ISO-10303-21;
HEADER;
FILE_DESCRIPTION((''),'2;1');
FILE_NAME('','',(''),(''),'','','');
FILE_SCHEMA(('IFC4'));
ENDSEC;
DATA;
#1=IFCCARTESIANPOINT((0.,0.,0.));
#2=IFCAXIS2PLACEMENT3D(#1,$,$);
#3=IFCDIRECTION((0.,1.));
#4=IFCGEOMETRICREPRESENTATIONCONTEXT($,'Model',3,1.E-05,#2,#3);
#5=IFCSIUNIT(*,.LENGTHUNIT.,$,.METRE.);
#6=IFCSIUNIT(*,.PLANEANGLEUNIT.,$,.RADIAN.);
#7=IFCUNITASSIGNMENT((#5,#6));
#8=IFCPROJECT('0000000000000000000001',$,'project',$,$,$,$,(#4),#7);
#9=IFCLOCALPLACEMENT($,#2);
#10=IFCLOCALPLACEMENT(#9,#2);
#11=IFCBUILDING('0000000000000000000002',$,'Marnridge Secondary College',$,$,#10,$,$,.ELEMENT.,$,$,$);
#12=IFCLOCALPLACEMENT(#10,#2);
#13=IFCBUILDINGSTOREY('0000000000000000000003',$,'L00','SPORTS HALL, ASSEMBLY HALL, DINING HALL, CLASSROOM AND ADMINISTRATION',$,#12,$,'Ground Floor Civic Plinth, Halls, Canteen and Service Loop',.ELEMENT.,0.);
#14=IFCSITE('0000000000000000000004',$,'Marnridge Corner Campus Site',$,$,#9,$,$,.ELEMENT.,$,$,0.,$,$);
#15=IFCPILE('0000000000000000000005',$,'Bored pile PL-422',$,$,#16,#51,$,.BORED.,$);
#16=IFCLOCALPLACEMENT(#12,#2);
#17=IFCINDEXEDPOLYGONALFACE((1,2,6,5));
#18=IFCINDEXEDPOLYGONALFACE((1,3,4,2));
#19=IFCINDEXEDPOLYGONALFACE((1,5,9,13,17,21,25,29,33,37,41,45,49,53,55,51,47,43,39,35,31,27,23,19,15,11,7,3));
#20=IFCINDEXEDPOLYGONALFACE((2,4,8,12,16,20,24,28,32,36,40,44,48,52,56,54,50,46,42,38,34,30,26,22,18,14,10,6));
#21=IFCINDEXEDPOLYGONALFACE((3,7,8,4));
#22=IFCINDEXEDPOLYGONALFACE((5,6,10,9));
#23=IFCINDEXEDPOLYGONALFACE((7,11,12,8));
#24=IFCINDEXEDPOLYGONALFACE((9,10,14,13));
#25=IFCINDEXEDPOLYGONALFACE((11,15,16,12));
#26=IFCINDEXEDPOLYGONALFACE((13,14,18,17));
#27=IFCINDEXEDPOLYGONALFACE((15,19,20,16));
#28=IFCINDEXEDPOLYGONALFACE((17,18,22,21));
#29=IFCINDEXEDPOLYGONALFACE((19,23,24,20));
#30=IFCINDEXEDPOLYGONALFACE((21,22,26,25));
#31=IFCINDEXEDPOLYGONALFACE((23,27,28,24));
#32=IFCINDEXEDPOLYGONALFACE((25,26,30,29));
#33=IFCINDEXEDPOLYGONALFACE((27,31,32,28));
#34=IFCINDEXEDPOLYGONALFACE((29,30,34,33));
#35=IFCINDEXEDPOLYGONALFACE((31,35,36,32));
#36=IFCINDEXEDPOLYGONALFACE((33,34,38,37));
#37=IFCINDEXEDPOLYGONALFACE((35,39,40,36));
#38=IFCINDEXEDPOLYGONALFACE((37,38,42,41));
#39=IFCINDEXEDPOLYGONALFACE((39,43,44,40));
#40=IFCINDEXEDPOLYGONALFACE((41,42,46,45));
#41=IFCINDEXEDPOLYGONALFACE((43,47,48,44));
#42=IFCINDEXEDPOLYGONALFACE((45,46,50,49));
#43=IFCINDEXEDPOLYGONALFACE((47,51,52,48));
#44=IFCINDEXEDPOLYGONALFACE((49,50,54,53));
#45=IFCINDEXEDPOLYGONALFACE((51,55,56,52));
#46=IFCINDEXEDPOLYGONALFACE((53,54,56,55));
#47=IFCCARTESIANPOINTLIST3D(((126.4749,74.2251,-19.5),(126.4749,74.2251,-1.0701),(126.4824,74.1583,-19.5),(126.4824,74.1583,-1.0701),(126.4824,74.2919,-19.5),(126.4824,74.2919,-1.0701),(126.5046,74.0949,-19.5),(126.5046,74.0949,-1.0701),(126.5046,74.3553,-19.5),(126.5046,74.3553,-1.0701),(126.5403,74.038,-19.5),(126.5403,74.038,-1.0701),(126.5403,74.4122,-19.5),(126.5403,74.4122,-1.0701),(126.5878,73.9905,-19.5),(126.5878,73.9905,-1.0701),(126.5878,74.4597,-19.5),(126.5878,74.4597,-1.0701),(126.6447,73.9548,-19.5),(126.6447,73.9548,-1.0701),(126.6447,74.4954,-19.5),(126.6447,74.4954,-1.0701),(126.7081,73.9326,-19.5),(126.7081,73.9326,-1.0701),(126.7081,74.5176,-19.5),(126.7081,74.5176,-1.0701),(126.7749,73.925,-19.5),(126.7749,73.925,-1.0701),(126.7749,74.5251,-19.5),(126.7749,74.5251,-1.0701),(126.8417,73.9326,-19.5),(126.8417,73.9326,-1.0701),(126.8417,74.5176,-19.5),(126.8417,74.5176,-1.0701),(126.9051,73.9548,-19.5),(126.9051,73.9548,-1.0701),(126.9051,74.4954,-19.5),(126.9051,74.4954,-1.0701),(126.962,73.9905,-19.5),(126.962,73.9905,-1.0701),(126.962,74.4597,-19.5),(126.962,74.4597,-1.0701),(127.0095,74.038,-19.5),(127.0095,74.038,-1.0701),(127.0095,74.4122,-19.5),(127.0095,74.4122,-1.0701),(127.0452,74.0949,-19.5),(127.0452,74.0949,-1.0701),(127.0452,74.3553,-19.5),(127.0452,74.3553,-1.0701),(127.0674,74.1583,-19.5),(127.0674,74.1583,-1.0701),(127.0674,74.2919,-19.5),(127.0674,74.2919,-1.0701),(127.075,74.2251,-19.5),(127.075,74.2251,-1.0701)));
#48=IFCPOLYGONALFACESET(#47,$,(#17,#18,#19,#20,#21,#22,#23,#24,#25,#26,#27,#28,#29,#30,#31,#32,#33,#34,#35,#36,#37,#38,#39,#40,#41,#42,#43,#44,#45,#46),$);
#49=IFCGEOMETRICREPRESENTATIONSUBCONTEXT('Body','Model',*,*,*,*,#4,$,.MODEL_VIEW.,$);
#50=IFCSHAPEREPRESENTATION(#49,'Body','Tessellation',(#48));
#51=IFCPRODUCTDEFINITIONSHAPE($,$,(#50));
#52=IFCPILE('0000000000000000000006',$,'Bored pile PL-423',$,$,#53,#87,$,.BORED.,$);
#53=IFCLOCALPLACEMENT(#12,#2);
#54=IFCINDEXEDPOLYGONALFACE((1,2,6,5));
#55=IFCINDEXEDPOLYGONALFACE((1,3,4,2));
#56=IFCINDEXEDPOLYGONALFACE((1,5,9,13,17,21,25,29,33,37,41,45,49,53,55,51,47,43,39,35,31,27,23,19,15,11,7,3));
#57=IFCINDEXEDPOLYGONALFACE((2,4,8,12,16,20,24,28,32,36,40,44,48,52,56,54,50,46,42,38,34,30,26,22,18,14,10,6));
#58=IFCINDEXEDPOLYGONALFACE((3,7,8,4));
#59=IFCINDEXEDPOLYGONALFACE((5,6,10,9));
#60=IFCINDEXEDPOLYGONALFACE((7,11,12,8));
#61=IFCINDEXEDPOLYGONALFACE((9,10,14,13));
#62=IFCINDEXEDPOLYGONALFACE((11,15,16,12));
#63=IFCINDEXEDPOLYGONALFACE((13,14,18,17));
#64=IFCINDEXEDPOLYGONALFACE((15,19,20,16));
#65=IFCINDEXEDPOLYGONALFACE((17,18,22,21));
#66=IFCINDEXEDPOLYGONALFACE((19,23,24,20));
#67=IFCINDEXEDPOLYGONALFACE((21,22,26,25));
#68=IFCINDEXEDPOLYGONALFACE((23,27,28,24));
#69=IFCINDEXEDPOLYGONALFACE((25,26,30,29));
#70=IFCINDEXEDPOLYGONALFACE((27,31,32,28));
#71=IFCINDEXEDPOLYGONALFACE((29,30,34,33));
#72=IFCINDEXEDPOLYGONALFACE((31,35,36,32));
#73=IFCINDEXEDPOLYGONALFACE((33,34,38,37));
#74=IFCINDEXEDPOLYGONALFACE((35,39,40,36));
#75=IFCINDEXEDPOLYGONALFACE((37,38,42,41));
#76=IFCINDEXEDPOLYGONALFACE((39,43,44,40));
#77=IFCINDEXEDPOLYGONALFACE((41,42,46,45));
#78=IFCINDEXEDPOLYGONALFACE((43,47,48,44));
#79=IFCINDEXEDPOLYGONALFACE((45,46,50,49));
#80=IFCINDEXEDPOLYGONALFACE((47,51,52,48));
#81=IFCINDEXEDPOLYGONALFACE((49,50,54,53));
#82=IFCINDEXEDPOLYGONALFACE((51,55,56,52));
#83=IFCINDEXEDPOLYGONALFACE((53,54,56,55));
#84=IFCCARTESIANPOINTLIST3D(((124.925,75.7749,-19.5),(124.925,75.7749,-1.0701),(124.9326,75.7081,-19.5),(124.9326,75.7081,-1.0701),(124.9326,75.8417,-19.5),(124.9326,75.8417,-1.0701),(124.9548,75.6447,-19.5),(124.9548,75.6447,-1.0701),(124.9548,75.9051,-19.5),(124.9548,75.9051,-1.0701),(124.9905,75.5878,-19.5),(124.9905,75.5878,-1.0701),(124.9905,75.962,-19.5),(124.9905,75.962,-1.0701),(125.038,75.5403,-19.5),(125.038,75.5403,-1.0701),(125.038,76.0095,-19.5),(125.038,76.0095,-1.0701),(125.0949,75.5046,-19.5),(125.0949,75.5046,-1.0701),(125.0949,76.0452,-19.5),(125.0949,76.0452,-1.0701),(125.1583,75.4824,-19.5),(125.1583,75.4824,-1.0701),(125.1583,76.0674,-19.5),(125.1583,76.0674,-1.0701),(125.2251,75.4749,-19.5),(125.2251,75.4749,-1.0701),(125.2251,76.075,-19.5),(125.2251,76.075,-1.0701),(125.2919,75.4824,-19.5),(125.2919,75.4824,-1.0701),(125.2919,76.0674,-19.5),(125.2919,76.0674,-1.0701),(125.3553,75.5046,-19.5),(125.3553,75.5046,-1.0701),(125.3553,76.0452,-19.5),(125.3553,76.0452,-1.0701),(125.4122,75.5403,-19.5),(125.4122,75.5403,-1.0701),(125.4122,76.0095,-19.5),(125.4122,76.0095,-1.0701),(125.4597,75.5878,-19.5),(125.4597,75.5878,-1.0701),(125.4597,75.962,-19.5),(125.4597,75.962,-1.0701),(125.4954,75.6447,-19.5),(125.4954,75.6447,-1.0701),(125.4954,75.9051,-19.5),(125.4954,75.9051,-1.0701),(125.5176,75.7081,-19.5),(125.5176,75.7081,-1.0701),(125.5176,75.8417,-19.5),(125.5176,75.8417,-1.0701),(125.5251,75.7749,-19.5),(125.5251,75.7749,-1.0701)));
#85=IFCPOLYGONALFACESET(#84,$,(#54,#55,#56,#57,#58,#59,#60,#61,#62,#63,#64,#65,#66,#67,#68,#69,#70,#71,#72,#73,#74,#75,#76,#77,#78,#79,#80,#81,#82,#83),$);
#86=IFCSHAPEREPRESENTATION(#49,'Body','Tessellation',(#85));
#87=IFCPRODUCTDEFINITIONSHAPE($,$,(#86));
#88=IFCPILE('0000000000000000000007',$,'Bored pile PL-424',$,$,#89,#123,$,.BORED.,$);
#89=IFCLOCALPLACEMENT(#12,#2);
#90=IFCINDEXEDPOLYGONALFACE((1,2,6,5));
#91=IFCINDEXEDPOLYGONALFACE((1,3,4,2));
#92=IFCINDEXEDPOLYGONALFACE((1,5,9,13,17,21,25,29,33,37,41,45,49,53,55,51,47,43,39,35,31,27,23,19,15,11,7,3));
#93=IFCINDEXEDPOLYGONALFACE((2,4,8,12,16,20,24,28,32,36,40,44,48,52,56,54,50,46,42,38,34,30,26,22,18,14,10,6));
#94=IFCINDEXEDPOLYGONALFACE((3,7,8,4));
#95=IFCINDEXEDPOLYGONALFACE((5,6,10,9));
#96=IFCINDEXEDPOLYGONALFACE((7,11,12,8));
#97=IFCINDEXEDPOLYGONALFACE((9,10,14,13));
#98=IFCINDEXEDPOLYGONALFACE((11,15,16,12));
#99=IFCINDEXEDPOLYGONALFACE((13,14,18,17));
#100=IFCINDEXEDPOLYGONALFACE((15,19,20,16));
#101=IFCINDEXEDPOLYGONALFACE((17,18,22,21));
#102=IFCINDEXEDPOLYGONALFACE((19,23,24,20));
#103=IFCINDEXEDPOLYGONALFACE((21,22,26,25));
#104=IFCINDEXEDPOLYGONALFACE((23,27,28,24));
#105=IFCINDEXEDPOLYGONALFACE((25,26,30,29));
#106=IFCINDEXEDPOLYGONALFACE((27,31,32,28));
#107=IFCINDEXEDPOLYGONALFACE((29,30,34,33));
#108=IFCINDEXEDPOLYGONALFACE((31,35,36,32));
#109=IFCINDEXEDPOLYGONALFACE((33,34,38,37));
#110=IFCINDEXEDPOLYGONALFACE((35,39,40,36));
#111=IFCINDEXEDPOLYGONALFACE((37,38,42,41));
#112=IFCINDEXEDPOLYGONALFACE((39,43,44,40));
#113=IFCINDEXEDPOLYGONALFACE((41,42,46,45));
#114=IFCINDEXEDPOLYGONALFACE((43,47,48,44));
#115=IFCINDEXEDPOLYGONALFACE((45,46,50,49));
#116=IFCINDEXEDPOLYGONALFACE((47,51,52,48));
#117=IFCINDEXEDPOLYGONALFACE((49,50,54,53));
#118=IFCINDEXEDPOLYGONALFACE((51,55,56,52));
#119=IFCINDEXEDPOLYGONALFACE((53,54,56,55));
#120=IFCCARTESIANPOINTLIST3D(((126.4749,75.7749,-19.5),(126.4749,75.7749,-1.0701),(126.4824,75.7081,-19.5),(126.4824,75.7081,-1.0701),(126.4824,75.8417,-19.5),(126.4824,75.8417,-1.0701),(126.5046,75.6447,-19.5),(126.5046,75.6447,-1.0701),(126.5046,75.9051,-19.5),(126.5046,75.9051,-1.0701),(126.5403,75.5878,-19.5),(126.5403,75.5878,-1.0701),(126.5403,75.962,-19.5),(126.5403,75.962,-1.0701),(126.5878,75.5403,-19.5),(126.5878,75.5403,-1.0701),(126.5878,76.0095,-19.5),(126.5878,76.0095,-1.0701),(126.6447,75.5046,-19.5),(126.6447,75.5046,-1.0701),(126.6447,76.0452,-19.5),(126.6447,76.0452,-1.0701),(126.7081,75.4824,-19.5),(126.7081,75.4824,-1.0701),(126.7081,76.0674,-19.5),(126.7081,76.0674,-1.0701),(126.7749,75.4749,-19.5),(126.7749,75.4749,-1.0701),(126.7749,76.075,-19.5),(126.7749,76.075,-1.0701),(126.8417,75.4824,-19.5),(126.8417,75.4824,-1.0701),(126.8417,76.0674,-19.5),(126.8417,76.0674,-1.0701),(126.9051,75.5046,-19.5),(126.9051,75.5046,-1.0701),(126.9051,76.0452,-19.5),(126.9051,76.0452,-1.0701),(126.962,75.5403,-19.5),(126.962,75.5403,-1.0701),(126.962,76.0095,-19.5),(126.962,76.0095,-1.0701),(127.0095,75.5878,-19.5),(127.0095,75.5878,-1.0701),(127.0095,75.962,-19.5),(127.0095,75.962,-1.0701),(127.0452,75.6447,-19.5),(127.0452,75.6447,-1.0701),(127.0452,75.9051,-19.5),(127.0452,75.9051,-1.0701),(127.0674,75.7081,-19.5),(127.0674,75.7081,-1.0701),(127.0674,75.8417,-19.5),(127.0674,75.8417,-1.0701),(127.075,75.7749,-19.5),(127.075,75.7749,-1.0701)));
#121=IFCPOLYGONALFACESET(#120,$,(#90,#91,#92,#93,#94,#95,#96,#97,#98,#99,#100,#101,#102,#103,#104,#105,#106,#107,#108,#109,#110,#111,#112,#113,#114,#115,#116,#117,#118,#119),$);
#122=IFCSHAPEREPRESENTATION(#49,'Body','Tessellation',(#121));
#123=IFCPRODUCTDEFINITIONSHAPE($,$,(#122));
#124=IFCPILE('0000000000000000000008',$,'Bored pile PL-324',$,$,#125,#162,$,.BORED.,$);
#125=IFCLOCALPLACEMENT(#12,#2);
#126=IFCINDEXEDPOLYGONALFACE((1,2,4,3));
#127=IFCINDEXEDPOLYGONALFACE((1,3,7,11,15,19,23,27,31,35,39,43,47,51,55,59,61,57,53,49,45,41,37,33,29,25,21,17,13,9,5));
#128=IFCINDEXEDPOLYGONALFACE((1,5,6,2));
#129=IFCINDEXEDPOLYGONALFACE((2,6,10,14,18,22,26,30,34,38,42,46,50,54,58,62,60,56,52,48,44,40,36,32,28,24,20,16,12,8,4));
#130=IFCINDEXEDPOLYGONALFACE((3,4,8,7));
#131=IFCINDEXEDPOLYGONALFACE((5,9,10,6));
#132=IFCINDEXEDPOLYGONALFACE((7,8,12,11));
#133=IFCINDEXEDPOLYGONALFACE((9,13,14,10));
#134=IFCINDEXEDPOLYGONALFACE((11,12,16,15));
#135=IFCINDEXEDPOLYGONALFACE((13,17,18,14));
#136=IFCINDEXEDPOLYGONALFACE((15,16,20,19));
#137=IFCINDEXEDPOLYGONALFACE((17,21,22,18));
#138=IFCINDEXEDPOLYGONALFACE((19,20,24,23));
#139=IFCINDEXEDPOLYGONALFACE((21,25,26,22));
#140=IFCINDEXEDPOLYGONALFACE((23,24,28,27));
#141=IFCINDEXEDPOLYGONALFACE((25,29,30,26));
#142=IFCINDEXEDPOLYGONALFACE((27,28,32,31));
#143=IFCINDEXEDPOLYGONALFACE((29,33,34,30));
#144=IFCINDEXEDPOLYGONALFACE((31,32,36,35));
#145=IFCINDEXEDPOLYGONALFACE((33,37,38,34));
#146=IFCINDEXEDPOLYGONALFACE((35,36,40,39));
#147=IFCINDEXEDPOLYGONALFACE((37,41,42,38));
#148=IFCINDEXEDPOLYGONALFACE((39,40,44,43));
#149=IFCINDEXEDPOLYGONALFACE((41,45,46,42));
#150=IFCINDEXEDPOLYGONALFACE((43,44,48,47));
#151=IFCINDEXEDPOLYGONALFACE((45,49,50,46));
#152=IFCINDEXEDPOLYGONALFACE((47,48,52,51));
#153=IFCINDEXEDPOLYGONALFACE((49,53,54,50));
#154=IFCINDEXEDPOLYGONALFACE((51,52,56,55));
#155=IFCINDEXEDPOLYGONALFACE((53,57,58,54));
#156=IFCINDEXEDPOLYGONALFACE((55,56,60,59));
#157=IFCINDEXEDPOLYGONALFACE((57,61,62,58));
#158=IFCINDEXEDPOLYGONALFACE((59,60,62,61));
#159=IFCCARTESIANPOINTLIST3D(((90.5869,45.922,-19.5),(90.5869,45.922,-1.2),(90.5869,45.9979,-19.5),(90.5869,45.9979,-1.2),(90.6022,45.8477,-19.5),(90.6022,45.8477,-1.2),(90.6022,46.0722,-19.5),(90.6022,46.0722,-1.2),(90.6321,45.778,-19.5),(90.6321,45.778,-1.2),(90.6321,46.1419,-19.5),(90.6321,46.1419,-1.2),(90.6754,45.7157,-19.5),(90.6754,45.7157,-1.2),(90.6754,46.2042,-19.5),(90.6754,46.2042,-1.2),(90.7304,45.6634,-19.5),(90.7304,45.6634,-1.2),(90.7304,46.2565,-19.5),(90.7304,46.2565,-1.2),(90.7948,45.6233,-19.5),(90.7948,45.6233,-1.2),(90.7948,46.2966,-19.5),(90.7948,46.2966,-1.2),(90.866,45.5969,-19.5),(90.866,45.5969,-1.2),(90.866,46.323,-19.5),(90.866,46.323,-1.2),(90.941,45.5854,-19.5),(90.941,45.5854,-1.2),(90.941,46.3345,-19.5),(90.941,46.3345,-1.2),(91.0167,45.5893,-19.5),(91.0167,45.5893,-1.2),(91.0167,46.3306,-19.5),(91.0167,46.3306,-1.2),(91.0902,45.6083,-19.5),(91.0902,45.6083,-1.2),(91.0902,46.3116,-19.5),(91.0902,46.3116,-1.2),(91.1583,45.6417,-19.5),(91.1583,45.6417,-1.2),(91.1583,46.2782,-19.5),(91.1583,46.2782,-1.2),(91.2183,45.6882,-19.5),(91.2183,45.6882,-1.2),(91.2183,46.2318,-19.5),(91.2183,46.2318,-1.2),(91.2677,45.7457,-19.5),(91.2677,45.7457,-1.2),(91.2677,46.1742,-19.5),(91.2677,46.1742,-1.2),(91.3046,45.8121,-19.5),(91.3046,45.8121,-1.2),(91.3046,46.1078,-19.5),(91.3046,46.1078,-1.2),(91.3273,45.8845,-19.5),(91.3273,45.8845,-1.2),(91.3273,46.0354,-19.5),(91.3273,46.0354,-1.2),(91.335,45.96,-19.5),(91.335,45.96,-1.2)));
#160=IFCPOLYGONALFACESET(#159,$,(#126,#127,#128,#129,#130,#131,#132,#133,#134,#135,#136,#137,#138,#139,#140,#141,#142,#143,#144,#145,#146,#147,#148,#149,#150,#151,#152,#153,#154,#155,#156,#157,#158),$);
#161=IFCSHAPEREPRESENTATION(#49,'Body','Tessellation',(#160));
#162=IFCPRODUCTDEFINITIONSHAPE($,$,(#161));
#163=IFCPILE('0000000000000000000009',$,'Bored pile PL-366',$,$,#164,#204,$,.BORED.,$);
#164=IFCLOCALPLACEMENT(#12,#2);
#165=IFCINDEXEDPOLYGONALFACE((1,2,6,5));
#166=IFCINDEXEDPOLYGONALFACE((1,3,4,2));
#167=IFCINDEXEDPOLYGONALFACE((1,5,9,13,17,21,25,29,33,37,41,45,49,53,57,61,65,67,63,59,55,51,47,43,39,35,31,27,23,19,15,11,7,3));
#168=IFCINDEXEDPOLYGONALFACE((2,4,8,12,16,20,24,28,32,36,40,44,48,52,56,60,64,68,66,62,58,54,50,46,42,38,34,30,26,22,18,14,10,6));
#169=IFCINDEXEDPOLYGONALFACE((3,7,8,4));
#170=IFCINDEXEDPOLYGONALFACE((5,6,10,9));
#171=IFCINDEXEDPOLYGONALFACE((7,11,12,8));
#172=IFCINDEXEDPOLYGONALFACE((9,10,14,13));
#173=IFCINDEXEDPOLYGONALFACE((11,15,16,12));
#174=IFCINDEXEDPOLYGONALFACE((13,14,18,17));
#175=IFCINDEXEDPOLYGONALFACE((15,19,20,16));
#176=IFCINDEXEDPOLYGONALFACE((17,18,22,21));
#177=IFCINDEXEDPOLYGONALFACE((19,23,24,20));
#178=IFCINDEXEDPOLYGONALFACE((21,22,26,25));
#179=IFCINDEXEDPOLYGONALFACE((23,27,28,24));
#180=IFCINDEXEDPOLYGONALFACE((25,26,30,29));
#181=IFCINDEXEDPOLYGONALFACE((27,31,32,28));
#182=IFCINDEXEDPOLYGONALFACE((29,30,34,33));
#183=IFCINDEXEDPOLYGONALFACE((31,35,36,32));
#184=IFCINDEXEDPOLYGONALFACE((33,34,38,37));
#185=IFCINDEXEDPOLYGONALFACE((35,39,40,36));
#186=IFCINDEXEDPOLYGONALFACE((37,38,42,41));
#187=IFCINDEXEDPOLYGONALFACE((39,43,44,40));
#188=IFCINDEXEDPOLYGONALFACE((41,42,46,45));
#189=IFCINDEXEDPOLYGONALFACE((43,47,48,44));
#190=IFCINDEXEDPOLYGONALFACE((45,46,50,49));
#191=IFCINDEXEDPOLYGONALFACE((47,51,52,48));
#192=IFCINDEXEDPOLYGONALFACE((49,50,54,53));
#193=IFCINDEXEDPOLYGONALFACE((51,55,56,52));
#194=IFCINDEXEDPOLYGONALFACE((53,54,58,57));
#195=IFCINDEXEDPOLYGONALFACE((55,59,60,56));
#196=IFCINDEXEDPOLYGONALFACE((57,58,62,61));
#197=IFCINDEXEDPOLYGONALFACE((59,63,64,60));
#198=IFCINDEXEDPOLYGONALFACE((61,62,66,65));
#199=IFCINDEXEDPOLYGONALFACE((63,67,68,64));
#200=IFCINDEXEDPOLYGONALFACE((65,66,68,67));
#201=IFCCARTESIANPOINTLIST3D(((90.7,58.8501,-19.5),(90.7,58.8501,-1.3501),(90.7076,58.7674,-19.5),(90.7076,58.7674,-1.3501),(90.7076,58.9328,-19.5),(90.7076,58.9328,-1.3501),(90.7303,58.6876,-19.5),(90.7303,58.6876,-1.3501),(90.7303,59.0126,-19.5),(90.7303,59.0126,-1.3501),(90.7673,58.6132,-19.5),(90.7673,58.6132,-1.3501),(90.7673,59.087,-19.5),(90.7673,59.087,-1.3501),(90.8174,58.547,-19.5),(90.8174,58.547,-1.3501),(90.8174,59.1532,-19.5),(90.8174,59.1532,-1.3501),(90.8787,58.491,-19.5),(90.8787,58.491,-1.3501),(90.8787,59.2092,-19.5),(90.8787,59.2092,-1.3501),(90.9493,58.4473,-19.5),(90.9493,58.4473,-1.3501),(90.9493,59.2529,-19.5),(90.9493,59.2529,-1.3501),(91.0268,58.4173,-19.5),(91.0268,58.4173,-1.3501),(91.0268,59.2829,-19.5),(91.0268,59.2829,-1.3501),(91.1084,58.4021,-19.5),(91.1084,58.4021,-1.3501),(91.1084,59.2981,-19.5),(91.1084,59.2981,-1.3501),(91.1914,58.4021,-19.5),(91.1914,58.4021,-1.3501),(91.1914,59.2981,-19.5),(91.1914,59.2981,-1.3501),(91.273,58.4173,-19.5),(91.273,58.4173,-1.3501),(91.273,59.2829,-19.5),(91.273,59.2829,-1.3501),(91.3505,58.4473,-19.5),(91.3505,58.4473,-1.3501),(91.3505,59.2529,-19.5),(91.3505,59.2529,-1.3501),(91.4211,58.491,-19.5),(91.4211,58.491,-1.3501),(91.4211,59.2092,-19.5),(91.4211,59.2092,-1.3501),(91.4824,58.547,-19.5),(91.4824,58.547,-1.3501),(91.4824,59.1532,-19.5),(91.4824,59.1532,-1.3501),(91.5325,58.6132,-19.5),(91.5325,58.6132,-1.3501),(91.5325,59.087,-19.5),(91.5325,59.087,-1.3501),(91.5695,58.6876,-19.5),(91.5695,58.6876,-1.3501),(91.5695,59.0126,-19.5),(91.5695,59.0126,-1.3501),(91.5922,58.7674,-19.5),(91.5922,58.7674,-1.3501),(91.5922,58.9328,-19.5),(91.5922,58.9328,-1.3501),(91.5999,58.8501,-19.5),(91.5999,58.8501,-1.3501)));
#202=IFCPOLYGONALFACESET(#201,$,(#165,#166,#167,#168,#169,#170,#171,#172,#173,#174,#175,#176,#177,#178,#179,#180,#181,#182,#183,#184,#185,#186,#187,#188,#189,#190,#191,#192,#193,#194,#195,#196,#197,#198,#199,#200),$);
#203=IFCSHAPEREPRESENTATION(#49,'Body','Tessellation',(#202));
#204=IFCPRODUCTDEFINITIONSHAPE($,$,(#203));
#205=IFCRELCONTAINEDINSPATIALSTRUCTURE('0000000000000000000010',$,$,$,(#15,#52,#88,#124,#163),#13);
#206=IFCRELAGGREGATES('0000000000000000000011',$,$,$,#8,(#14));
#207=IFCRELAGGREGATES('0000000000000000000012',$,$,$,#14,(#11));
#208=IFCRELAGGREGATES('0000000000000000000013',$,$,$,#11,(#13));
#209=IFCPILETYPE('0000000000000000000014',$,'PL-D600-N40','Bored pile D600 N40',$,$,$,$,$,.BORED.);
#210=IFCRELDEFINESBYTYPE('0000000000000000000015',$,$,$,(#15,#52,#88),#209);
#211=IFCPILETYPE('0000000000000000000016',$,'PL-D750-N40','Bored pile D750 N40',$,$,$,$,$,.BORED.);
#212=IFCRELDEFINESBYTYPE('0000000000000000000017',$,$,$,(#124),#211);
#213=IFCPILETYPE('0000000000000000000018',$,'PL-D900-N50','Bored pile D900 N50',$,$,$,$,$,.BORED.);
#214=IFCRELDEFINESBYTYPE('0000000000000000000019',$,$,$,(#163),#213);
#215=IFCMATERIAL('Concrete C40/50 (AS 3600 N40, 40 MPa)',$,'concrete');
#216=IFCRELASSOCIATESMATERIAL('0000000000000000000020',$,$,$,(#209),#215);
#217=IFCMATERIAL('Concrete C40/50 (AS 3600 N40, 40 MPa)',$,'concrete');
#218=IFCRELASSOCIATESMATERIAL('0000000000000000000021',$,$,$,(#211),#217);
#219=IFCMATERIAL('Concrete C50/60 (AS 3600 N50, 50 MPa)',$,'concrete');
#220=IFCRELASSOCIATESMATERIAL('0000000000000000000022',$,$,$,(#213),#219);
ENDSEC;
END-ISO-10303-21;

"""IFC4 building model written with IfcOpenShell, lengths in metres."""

from ifc_helpers import new_model, si_unit, direction, frame, origin, origin_2d, place, context, subcontext, project, spatial, circle, extrude, material, material_profile, profile_set, type_object, element, save


model = new_model("IFC4")

# Units and contexts
model_context = context("Model", 3, precision=1e-05, world=origin(), true_north=direction((0.0, 1.0)))
body_context = subcontext(model_context, "Body", "Model", "MODEL_VIEW")
ifc_project = project(units=[si_unit("LENGTHUNIT", "METRE"), si_unit("PLANEANGLEUNIT", "RADIAN")], contexts=[model_context])

# Site, building, storey
site_placement = place(None, origin())
site = spatial("IfcSite", under=ifc_project, at=site_placement, Name="Marnridge Corner Campus Site", CompositionType="ELEMENT", RefElevation=0.0)
building_placement = place(site_placement, origin())
building = spatial("IfcBuilding", under=site, at=building_placement, Name="Marnridge Secondary College", CompositionType="ELEMENT")
storey_placement = place(building_placement, origin())
storey = spatial("IfcBuildingStorey", under=building, at=storey_placement, Name="L00", Description="SPORTS HALL, ASSEMBLY HALL, DINING HALL, CLASSROOM AND ADMINISTRATION", LongName="Ground Floor Civic Plinth, Halls, Canteen and Service Loop", CompositionType="ELEMENT", Elevation=0.0)

# Piles
ifc_material_1 = material(Name="Concrete C40/50 (AS 3600 N40, 40 MPa)", Category="concrete")
ifc_material_profile_1 = material_profile(ifc_material_1, circle(Radius=0.3, at=origin_2d()), Name="PILE D600")
ifc_profile_set_1 = profile_set([ifc_material_profile_1], Name="Concrete C40/50 (AS 3600 N40, 40 MPa)")
pile_type_1 = type_object("IfcPileType", Name="PL-D600-N40", Description="Bored pile D600 N40", PredefinedType="BORED", material=ifc_profile_set_1)
for number, where, z_axis, x_axis, name in (
    (1, (126.7749, 74.2251, -1.0701), (0.0, 0.0, -1.0), (1.0, 0.0, 0.0), "Bored pile PL-422"),
    (2, (125.2251, 75.7749, -1.0701), (0.0, 0.0, -1.0), (1.0, 0.0, 0.0), "Bored pile PL-423"),
    (3, (126.7749, 75.7749, -1.0701), (0.0, 0.0, -1.0), (1.0, 0.0, 0.0), "Bored pile PL-424"),
):
    element("IfcPile", number, at=place(storey_placement, frame(where, z_axis=z_axis, x_axis=x_axis)), inside=storey, type_object=pile_type_1, Name=name, PredefinedType="BORED", context=body_context, shape_type="SweptSolid", body=[
        extrude(circle(Radius=0.3, at=origin_2d()), origin(), (0.0, 0.0, 1.0), 18.4299),
    ])
ifc_material_2 = material(Name="Concrete C40/50 (AS 3600 N40, 40 MPa)", Category="concrete")
ifc_material_profile_2 = material_profile(ifc_material_2, circle(Radius=0.375, at=origin_2d()), Name="PILE D750")
ifc_profile_set_2 = profile_set([ifc_material_profile_2], Name="Concrete C40/50 (AS 3600 N40, 40 MPa)")
pile_type_2 = type_object("IfcPileType", Name="PL-D750-N40", Description="Bored pile D750 N40", PredefinedType="BORED", material=ifc_profile_set_2)
pile_placement = place(storey_placement, frame((90.96, 45.96, -1.2), z_axis=(0.0, 0.0, -1.0), x_axis=(1.0, 0.0, 0.0)))
element("IfcPile", 4, at=pile_placement, inside=storey, type_object=pile_type_2, Name="Bored pile PL-324", PredefinedType="BORED", context=body_context, shape_type="SweptSolid", body=[
    extrude(circle(Radius=0.375, at=origin_2d()), origin(), (0.0, 0.0, 1.0), 18.3),
])
ifc_material_3 = material(Name="Concrete C50/60 (AS 3600 N50, 50 MPa)", Category="concrete")
ifc_material_profile_3 = material_profile(ifc_material_3, circle(Radius=0.45, at=origin_2d()), Name="PILE D900")
ifc_profile_set_3 = profile_set([ifc_material_profile_3], Name="Concrete C50/60 (AS 3600 N50, 50 MPa)")
pile_type_3 = type_object("IfcPileType", Name="PL-D900-N50", Description="Bored pile D900 N50", PredefinedType="BORED", material=ifc_profile_set_3)
for number, where, z_axis, x_axis, name in (
    (5, (91.1499, 58.8501, -1.3501), (0.0, 0.0, -1.0), (1.0, 0.0, 0.0), "Bored pile PL-366"),
):
    element("IfcPile", number, at=place(storey_placement, frame(where, z_axis=z_axis, x_axis=x_axis)), inside=storey, type_object=pile_type_3, Name=name, PredefinedType="BORED", context=body_context, shape_type="SweptSolid", body=[
        extrude(circle(Radius=0.45, at=origin_2d()), origin(), (0.0, 0.0, 1.0), 18.1499),
    ])

save(model, "model.ifc")
